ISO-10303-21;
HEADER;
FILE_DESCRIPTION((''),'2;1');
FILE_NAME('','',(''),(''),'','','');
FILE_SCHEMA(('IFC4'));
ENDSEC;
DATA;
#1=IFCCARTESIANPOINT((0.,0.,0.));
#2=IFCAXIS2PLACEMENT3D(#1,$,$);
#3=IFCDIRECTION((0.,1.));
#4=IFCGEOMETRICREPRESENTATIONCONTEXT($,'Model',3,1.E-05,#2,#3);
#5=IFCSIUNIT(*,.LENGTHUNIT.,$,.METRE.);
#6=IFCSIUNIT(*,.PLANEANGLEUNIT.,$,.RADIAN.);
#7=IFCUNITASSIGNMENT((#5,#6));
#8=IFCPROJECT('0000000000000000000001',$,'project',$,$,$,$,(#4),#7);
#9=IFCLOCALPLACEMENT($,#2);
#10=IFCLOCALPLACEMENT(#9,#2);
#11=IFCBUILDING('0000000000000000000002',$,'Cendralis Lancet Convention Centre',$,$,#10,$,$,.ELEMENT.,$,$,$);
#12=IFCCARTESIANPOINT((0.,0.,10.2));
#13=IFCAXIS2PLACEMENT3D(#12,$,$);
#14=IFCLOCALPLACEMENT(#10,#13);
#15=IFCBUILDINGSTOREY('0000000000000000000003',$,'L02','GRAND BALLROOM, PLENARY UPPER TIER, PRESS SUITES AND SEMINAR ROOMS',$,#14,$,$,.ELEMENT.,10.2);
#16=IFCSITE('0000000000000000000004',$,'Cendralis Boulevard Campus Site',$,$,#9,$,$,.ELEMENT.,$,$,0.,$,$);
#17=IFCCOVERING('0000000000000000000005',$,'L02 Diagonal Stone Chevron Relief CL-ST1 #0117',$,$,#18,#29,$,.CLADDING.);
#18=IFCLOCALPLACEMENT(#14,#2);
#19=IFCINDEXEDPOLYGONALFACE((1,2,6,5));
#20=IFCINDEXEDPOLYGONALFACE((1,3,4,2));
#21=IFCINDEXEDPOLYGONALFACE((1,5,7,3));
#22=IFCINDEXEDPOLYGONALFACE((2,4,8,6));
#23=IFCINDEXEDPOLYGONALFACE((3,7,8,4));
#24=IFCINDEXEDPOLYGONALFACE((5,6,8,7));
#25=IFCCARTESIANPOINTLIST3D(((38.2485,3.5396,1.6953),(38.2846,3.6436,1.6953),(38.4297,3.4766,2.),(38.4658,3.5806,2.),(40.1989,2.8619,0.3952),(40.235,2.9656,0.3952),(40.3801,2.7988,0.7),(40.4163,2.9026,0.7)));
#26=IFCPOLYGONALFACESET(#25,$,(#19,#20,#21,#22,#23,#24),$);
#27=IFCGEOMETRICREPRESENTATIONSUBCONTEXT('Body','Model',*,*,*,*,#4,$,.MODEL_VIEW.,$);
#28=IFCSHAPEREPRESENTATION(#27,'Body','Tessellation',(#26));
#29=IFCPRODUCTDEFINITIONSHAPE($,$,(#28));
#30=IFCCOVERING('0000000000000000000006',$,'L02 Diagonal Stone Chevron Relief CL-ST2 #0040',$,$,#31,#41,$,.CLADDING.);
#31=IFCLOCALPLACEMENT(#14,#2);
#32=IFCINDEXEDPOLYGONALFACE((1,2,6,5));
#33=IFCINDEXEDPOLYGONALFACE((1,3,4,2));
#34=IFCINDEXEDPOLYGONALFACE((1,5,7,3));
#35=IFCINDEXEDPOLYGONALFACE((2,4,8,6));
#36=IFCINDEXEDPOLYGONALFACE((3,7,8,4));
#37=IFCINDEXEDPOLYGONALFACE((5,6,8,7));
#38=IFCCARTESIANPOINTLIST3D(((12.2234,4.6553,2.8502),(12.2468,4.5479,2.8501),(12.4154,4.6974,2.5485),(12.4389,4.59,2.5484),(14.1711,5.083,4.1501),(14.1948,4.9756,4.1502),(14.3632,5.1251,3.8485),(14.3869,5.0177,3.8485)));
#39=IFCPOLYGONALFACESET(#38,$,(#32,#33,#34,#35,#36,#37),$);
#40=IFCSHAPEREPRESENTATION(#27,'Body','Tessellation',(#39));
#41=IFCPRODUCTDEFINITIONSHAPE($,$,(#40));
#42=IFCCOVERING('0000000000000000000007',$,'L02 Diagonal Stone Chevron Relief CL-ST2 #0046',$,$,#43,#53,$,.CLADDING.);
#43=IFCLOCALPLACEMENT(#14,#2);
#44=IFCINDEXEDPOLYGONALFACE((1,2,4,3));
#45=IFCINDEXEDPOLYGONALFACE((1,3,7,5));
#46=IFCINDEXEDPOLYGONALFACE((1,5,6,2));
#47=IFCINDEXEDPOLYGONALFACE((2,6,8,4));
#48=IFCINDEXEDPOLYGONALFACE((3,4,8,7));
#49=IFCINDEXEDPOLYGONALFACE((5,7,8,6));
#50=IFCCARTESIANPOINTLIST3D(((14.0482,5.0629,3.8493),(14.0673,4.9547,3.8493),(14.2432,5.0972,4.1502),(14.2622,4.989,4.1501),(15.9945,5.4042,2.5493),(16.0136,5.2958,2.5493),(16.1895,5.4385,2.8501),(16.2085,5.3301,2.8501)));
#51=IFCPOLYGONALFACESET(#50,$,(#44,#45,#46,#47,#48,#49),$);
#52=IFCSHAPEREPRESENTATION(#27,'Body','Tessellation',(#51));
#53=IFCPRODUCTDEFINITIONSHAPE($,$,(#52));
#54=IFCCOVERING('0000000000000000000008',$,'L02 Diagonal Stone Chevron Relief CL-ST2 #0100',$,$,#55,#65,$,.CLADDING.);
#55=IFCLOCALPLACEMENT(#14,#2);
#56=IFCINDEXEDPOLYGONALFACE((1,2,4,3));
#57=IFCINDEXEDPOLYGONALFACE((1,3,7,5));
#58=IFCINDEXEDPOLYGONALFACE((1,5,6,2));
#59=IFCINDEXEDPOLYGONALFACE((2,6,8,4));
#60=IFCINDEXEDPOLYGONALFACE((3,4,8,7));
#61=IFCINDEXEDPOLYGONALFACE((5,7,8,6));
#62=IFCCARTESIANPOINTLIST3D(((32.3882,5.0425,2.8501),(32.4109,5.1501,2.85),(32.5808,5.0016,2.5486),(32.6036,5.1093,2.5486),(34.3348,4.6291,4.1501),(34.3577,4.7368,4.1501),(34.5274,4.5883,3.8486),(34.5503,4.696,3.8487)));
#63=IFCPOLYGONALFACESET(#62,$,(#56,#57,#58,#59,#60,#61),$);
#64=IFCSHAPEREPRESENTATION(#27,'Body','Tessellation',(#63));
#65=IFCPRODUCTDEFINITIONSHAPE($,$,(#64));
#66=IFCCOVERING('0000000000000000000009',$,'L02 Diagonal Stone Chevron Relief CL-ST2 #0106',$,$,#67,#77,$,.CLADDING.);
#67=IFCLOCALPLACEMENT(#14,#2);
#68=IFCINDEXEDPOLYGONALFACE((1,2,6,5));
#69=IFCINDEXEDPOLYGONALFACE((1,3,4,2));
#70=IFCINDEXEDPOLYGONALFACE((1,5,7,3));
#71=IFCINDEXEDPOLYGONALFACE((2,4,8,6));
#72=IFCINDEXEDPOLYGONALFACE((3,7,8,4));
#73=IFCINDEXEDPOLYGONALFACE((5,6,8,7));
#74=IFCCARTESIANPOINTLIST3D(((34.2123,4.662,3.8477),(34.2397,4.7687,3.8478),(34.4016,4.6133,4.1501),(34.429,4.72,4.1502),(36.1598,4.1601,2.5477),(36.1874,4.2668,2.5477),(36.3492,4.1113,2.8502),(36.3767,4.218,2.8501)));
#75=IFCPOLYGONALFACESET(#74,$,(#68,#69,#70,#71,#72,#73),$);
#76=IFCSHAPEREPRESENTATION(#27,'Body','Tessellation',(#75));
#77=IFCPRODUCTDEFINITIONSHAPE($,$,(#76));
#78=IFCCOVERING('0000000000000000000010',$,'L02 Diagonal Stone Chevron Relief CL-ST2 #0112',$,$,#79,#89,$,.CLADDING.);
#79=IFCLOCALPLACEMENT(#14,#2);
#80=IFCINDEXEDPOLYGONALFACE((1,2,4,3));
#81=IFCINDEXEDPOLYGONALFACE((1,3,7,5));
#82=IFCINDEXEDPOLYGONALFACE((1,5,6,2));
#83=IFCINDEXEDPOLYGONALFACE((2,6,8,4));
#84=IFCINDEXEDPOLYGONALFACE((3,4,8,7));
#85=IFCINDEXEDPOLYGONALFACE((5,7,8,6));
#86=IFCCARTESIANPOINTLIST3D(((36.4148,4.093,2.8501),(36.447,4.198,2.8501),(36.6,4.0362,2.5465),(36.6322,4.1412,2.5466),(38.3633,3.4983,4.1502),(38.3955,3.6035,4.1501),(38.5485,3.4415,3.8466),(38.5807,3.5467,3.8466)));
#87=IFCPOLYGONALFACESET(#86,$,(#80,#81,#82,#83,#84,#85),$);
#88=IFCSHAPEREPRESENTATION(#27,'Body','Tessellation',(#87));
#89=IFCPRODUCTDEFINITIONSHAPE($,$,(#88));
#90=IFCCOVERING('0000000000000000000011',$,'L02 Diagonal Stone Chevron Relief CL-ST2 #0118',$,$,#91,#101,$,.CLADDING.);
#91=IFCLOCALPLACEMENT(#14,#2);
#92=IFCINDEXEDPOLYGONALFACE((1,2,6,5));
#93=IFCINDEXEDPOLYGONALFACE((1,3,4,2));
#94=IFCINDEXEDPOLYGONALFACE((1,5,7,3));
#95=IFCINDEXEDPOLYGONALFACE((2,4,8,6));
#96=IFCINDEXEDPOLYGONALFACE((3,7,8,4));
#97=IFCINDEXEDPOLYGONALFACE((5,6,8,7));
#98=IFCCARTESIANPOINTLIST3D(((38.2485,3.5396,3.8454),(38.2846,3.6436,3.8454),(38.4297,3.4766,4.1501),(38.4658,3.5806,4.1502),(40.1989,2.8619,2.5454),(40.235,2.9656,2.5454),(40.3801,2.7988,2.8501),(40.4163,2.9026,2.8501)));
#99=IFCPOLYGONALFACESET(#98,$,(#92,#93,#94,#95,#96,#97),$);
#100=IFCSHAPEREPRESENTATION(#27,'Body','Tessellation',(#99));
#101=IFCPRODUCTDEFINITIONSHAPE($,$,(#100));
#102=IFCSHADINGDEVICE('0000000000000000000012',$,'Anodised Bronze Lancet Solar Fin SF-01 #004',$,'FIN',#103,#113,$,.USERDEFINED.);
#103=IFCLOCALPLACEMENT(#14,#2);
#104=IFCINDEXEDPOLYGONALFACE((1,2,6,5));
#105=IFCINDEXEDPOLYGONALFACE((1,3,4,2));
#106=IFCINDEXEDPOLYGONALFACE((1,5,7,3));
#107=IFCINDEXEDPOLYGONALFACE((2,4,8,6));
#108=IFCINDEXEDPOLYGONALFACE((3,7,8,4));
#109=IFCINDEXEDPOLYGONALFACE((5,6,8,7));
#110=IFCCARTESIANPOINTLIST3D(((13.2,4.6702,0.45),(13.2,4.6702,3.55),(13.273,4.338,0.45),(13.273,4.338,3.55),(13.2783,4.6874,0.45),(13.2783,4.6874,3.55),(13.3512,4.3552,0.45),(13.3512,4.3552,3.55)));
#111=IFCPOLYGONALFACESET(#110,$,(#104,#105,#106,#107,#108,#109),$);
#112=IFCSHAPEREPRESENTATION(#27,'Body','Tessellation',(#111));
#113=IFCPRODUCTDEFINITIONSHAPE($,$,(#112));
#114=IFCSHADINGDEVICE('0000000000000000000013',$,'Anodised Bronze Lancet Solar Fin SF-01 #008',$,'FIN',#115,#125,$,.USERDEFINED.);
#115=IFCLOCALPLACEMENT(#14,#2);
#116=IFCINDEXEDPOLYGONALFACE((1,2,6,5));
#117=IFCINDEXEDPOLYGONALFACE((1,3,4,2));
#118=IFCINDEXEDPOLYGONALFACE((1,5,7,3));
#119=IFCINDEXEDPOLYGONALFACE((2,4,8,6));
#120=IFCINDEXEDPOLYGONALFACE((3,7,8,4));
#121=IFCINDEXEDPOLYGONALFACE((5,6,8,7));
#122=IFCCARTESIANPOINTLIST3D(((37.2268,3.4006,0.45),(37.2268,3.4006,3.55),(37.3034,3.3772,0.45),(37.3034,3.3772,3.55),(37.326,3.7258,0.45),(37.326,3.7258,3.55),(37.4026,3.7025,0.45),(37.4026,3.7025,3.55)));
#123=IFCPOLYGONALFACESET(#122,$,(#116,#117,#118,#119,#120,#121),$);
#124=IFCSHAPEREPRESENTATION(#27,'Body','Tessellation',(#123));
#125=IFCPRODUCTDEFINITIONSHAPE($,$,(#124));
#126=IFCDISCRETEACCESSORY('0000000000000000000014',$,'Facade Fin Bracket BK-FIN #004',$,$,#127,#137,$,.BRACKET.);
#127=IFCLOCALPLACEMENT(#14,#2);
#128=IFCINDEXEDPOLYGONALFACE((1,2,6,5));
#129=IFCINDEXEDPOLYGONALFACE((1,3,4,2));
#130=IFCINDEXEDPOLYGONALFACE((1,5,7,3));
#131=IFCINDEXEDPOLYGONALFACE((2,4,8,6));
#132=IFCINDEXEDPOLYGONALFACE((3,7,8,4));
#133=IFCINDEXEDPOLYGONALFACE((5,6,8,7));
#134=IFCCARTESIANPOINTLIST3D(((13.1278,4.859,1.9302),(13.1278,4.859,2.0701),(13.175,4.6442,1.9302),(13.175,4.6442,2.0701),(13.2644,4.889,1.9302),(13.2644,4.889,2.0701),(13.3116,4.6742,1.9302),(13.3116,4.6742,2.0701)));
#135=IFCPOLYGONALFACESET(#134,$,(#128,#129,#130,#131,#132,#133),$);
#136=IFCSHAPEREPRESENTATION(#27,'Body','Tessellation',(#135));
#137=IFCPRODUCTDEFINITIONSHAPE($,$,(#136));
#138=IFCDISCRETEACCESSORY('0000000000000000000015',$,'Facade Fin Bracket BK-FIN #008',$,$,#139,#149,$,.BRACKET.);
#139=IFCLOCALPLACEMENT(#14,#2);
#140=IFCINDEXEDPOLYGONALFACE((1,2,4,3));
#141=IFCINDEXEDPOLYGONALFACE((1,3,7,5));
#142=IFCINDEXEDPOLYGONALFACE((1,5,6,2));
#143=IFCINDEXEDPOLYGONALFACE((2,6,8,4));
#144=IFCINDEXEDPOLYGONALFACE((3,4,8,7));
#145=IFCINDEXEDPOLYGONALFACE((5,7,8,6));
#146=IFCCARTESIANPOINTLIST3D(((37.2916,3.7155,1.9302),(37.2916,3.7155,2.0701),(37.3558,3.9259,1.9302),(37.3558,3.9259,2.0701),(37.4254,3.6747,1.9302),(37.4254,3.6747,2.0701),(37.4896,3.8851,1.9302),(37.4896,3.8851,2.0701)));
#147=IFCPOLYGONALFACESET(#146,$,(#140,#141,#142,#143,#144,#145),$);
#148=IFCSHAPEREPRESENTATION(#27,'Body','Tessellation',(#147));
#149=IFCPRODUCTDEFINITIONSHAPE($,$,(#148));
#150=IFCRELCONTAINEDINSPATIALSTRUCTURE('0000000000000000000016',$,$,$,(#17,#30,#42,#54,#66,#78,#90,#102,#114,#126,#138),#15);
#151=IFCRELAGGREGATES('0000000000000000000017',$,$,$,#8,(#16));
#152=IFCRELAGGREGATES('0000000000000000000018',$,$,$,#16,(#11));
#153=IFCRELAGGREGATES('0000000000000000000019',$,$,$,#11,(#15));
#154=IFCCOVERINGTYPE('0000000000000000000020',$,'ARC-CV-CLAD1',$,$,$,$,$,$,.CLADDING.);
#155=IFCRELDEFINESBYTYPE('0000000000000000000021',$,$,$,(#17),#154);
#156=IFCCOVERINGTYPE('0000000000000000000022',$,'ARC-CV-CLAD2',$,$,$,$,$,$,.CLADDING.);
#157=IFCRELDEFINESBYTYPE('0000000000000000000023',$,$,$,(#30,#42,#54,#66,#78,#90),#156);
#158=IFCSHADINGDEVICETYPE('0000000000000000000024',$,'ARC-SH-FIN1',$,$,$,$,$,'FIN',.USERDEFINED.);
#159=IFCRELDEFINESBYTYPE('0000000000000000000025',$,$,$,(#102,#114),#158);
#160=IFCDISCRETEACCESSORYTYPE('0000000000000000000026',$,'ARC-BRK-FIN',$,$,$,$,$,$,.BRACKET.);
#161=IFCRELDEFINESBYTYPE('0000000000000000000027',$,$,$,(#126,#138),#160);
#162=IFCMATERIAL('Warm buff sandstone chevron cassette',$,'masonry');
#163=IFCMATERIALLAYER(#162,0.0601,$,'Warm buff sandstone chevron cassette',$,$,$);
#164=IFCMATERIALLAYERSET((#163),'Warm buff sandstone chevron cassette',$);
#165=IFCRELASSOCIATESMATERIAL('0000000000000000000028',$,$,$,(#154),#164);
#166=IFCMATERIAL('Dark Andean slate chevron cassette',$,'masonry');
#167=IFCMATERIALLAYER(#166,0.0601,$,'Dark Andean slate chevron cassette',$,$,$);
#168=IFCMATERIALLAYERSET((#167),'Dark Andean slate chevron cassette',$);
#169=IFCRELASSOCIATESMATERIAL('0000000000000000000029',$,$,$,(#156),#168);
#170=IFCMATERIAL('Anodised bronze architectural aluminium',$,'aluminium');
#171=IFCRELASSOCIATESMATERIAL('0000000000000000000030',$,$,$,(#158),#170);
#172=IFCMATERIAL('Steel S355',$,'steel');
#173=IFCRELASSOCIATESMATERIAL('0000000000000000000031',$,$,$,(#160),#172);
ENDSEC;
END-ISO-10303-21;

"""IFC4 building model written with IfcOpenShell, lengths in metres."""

from ifc_helpers import new_model, si_unit, direction, frame, origin, origin_2d, place, context, subcontext, project, spatial, polyline, rectangle, outline, extrude, material, layer, layer_set, type_object, element, save


model = new_model("IFC4")

# Units and contexts
model_context = context("Model", 3, precision=1e-05, world=origin(), true_north=direction((0.0, 1.0)))
body_context = subcontext(model_context, "Body", "Model", "MODEL_VIEW")
ifc_project = project(units=[si_unit("LENGTHUNIT", "METRE"), si_unit("PLANEANGLEUNIT", "RADIAN")], contexts=[model_context])

# Site, building, storey
site_placement = place(None, origin())
site = spatial("IfcSite", under=ifc_project, at=site_placement, Name="Cendralis Boulevard Campus Site", CompositionType="ELEMENT", RefElevation=0.0)
building_placement = place(site_placement, origin())
building = spatial("IfcBuilding", under=site, at=building_placement, Name="Cendralis Lancet Convention Centre", CompositionType="ELEMENT")
storey_placement = place(building_placement, frame((0.0, 0.0, 10.2)))
storey = spatial("IfcBuildingStorey", under=building, at=storey_placement, Name="L02", Description="GRAND BALLROOM, PLENARY UPPER TIER, PRESS SUITES AND SEMINAR ROOMS", CompositionType="ELEMENT", Elevation=10.2)

# Shared definitions
ifc_material_1 = material(Name="Warm buff sandstone chevron cassette", Category="masonry")
ifc_material_2 = material(Name="Dark Andean slate chevron cassette", Category="masonry")

# Coverings
ifc_layer_1 = layer(ifc_material_1, 0.0601, Name="Warm buff sandstone chevron cassette")
ifc_layer_set_1 = layer_set([ifc_layer_1], Name="Warm buff sandstone chevron cassette")
covering_type_1 = type_object("IfcCoveringType", Name="ARC-CV-CLAD1", PredefinedType="CLADDING", material=ifc_layer_set_1)
covering_1_placement = place(storey_placement, frame((38.4297, 3.4766, 2.0), z_axis=(0.503225, -0.175035, 0.846243), x_axis=(0.79936, -0.27776, -0.532797)))
element("IfcCovering", 1, at=covering_1_placement, inside=storey, type_object=covering_type_1, Name="L02 Diagonal Stone Chevron Relief CL-ST1 #0117", PredefinedType="CLADDING", context=body_context, shape_type="SweptSolid", body=[
    extrude(outline(polyline([(0.0, 0.0), (2.44, 0.0), (2.4401, 0.1099), (0.0, 0.1101), (0.0, 0.0)])), origin(), (0.0, 0.0, -1.0), 0.3601),
])
ifc_layer_2 = layer(ifc_material_2, 0.0601, Name="Dark Andean slate chevron cassette")
ifc_layer_set_2 = layer_set([ifc_layer_2], Name="Dark Andean slate chevron cassette")
covering_type_2 = type_object("IfcCoveringType", Name="ARC-CV-CLAD2", PredefinedType="CLADDING", material=ifc_layer_set_2)
covering_2_placement = place(storey_placement, frame((12.2468, 4.5479, 2.8501), z_axis=(-0.533421, -0.116989, 0.837721), x_axis=(0.818228, 0.179664, 0.546099)))
element("IfcCovering", 2, at=covering_2_placement, inside=storey, type_object=covering_type_2, Name="L02 Diagonal Stone Chevron Relief CL-ST2 #0040", PredefinedType="CLADDING", context=body_context, shape_type="SweptSolid", body=[
    extrude(outline(polyline([(0.0, 0.0), (2.3807, 0.0), (2.3806, 0.11), (0.0001, 0.1099), (0.0, 0.0)])), origin(), (0.0, 0.0, -1.0), 0.3601),
])
covering_3_placement = place(storey_placement, frame((14.2622, 4.989, 4.1501), z_axis=(0.541329, 0.095206, 0.835403), x_axis=(0.822865, 0.144197, -0.549637)))
element("IfcCovering", 3, at=covering_3_placement, inside=storey, type_object=covering_type_2, Name="L02 Diagonal Stone Chevron Relief CL-ST2 #0046", PredefinedType="CLADDING", context=body_context, shape_type="SweptSolid", body=[
    extrude(outline(polyline([(0.0, 0.0), (2.3653, 0.0), (2.3652, 0.1101), (-0.0001, 0.1098), (0.0, 0.0)])), origin(), (0.0, 0.0, -1.0), 0.3601),
])
covering_4_placement = place(storey_placement, frame((32.3882, 5.0425, 2.8501), z_axis=(-0.535021, 0.113434, 0.837189), x_axis=(0.81893, -0.173893, 0.546914)))
element("IfcCovering", 4, at=covering_4_placement, inside=storey, type_object=covering_type_2, Name="L02 Diagonal Stone Chevron Relief CL-ST2 #0100", PredefinedType="CLADDING", context=body_context, shape_type="SweptSolid", body=[
    extrude(outline(polyline([(0.0, 0.0), (2.377, 0.0), (2.377, 0.1101), (-0.0001, 0.11), (0.0, 0.0)])), origin(), (0.0, 0.0, -1.0), 0.3601),
])
covering_5_placement = place(storey_placement, frame((34.4016, 4.6133, 4.1501), z_axis=(0.525709, -0.135337, 0.83983), x_axis=(0.813252, -0.209608, -0.54285)))
element("IfcCovering", 5, at=covering_5_placement, inside=storey, type_object=covering_type_2, Name="L02 Diagonal Stone Chevron Relief CL-ST2 #0106", PredefinedType="CLADDING", context=body_context, shape_type="SweptSolid", body=[
    extrude(outline(polyline([(0.0, 0.0), (2.3948, 0.0), (2.3948, 0.1102), (-0.0001, 0.1101), (0.0, 0.0)])), origin(), (0.0, 0.0, -1.0), 0.3601),
])
covering_6_placement = place(storey_placement, frame((36.4148, 4.093, 2.8501), z_axis=(-0.514317, 0.1577, 0.842976), x_axis=(0.806256, -0.246089, 0.537951)))
element("IfcCovering", 6, at=covering_6_placement, inside=storey, type_object=covering_type_2, Name="L02 Diagonal Stone Chevron Relief CL-ST2 #0112", PredefinedType="CLADDING", context=body_context, shape_type="SweptSolid", body=[
    extrude(outline(polyline([(0.0, 0.0), (2.4167, 0.0), (2.4168, 0.11), (0.0001, 0.1098), (0.0, 0.0)])), origin(), (0.0, 0.0, -1.0), 0.3601),
])
covering_7_placement = place(storey_placement, frame((38.4297, 3.4766, 4.1501), z_axis=(0.503225, -0.175035, 0.846243), x_axis=(0.79936, -0.27776, -0.532797)))
element("IfcCovering", 7, at=covering_7_placement, inside=storey, type_object=covering_type_2, Name="L02 Diagonal Stone Chevron Relief CL-ST2 #0118", PredefinedType="CLADDING", context=body_context, shape_type="SweptSolid", body=[
    extrude(outline(polyline([(0.0, 0.0), (2.44, 0.0), (2.4401, 0.1099), (0.0, 0.1101), (0.0, 0.0)])), origin(), (0.0, 0.0, -1.0), 0.3601),
])

# Shading devices
ifc_material_3 = material(Name="Anodised bronze architectural aluminium", Category="aluminium")
shading_device_type = type_object("IfcShadingDeviceType", Name="ARC-SH-FIN1", ElementType="FIN", PredefinedType="USERDEFINED", material=ifc_material_3)
for number, where, z_axis, x_axis, name in (
    (8, (13.2756, 4.5127, 0.45), (0.0, 0.0, 1.0), (0.976717, 0.214531, 0.0), "Anodised Bronze Lancet Solar Fin SF-01 #004"),
    (9, (37.3147, 3.5515, 0.45), (0.0, 0.0, 1.0), (0.956453, -0.291888, 0.0), "Anodised Bronze Lancet Solar Fin SF-01 #008"),
):
    element("IfcShadingDevice", number, at=place(storey_placement, frame(where, z_axis=z_axis, x_axis=x_axis)), inside=storey, type_object=shading_device_type, Name=name, ObjectType="FIN", PredefinedType="USERDEFINED", context=body_context, shape_type="SweptSolid", body=[
        extrude(rectangle(XDim=0.0801, YDim=0.3401, at=origin_2d()), origin(), (0.0, 0.0, 1.0), 3.1001),
    ])

# Discrete accessories
ifc_material_4 = material(Name="Steel S355", Category="steel")
discrete_accessory_type = type_object("IfcDiscreteAccessoryType", Name="ARC-BRK-FIN", PredefinedType="BRACKET", material=ifc_material_4)
for number, where, z_axis, x_axis, name in (
    (10, (13.2197, 4.7666, 1.9302), (0.0, 0.0, 1.0), (0.976717, 0.214531, 0.0), "Facade Fin Bracket BK-FIN #004"),
    (11, (37.3906, 3.8003, 1.9302), (0.0, 0.0, 1.0), (0.956453, -0.291888, 0.0), "Facade Fin Bracket BK-FIN #008"),
):
    element("IfcDiscreteAccessory", number, at=place(storey_placement, frame(where, z_axis=z_axis, x_axis=x_axis)), inside=storey, type_object=discrete_accessory_type, Name=name, PredefinedType="BRACKET", context=body_context, shape_type="SweptSolid", body=[
        extrude(rectangle(XDim=0.1399, YDim=0.22, at=origin_2d()), origin(), (0.0, 0.0, 1.0), 0.1399),
    ])

save(model, "model.ifc")
